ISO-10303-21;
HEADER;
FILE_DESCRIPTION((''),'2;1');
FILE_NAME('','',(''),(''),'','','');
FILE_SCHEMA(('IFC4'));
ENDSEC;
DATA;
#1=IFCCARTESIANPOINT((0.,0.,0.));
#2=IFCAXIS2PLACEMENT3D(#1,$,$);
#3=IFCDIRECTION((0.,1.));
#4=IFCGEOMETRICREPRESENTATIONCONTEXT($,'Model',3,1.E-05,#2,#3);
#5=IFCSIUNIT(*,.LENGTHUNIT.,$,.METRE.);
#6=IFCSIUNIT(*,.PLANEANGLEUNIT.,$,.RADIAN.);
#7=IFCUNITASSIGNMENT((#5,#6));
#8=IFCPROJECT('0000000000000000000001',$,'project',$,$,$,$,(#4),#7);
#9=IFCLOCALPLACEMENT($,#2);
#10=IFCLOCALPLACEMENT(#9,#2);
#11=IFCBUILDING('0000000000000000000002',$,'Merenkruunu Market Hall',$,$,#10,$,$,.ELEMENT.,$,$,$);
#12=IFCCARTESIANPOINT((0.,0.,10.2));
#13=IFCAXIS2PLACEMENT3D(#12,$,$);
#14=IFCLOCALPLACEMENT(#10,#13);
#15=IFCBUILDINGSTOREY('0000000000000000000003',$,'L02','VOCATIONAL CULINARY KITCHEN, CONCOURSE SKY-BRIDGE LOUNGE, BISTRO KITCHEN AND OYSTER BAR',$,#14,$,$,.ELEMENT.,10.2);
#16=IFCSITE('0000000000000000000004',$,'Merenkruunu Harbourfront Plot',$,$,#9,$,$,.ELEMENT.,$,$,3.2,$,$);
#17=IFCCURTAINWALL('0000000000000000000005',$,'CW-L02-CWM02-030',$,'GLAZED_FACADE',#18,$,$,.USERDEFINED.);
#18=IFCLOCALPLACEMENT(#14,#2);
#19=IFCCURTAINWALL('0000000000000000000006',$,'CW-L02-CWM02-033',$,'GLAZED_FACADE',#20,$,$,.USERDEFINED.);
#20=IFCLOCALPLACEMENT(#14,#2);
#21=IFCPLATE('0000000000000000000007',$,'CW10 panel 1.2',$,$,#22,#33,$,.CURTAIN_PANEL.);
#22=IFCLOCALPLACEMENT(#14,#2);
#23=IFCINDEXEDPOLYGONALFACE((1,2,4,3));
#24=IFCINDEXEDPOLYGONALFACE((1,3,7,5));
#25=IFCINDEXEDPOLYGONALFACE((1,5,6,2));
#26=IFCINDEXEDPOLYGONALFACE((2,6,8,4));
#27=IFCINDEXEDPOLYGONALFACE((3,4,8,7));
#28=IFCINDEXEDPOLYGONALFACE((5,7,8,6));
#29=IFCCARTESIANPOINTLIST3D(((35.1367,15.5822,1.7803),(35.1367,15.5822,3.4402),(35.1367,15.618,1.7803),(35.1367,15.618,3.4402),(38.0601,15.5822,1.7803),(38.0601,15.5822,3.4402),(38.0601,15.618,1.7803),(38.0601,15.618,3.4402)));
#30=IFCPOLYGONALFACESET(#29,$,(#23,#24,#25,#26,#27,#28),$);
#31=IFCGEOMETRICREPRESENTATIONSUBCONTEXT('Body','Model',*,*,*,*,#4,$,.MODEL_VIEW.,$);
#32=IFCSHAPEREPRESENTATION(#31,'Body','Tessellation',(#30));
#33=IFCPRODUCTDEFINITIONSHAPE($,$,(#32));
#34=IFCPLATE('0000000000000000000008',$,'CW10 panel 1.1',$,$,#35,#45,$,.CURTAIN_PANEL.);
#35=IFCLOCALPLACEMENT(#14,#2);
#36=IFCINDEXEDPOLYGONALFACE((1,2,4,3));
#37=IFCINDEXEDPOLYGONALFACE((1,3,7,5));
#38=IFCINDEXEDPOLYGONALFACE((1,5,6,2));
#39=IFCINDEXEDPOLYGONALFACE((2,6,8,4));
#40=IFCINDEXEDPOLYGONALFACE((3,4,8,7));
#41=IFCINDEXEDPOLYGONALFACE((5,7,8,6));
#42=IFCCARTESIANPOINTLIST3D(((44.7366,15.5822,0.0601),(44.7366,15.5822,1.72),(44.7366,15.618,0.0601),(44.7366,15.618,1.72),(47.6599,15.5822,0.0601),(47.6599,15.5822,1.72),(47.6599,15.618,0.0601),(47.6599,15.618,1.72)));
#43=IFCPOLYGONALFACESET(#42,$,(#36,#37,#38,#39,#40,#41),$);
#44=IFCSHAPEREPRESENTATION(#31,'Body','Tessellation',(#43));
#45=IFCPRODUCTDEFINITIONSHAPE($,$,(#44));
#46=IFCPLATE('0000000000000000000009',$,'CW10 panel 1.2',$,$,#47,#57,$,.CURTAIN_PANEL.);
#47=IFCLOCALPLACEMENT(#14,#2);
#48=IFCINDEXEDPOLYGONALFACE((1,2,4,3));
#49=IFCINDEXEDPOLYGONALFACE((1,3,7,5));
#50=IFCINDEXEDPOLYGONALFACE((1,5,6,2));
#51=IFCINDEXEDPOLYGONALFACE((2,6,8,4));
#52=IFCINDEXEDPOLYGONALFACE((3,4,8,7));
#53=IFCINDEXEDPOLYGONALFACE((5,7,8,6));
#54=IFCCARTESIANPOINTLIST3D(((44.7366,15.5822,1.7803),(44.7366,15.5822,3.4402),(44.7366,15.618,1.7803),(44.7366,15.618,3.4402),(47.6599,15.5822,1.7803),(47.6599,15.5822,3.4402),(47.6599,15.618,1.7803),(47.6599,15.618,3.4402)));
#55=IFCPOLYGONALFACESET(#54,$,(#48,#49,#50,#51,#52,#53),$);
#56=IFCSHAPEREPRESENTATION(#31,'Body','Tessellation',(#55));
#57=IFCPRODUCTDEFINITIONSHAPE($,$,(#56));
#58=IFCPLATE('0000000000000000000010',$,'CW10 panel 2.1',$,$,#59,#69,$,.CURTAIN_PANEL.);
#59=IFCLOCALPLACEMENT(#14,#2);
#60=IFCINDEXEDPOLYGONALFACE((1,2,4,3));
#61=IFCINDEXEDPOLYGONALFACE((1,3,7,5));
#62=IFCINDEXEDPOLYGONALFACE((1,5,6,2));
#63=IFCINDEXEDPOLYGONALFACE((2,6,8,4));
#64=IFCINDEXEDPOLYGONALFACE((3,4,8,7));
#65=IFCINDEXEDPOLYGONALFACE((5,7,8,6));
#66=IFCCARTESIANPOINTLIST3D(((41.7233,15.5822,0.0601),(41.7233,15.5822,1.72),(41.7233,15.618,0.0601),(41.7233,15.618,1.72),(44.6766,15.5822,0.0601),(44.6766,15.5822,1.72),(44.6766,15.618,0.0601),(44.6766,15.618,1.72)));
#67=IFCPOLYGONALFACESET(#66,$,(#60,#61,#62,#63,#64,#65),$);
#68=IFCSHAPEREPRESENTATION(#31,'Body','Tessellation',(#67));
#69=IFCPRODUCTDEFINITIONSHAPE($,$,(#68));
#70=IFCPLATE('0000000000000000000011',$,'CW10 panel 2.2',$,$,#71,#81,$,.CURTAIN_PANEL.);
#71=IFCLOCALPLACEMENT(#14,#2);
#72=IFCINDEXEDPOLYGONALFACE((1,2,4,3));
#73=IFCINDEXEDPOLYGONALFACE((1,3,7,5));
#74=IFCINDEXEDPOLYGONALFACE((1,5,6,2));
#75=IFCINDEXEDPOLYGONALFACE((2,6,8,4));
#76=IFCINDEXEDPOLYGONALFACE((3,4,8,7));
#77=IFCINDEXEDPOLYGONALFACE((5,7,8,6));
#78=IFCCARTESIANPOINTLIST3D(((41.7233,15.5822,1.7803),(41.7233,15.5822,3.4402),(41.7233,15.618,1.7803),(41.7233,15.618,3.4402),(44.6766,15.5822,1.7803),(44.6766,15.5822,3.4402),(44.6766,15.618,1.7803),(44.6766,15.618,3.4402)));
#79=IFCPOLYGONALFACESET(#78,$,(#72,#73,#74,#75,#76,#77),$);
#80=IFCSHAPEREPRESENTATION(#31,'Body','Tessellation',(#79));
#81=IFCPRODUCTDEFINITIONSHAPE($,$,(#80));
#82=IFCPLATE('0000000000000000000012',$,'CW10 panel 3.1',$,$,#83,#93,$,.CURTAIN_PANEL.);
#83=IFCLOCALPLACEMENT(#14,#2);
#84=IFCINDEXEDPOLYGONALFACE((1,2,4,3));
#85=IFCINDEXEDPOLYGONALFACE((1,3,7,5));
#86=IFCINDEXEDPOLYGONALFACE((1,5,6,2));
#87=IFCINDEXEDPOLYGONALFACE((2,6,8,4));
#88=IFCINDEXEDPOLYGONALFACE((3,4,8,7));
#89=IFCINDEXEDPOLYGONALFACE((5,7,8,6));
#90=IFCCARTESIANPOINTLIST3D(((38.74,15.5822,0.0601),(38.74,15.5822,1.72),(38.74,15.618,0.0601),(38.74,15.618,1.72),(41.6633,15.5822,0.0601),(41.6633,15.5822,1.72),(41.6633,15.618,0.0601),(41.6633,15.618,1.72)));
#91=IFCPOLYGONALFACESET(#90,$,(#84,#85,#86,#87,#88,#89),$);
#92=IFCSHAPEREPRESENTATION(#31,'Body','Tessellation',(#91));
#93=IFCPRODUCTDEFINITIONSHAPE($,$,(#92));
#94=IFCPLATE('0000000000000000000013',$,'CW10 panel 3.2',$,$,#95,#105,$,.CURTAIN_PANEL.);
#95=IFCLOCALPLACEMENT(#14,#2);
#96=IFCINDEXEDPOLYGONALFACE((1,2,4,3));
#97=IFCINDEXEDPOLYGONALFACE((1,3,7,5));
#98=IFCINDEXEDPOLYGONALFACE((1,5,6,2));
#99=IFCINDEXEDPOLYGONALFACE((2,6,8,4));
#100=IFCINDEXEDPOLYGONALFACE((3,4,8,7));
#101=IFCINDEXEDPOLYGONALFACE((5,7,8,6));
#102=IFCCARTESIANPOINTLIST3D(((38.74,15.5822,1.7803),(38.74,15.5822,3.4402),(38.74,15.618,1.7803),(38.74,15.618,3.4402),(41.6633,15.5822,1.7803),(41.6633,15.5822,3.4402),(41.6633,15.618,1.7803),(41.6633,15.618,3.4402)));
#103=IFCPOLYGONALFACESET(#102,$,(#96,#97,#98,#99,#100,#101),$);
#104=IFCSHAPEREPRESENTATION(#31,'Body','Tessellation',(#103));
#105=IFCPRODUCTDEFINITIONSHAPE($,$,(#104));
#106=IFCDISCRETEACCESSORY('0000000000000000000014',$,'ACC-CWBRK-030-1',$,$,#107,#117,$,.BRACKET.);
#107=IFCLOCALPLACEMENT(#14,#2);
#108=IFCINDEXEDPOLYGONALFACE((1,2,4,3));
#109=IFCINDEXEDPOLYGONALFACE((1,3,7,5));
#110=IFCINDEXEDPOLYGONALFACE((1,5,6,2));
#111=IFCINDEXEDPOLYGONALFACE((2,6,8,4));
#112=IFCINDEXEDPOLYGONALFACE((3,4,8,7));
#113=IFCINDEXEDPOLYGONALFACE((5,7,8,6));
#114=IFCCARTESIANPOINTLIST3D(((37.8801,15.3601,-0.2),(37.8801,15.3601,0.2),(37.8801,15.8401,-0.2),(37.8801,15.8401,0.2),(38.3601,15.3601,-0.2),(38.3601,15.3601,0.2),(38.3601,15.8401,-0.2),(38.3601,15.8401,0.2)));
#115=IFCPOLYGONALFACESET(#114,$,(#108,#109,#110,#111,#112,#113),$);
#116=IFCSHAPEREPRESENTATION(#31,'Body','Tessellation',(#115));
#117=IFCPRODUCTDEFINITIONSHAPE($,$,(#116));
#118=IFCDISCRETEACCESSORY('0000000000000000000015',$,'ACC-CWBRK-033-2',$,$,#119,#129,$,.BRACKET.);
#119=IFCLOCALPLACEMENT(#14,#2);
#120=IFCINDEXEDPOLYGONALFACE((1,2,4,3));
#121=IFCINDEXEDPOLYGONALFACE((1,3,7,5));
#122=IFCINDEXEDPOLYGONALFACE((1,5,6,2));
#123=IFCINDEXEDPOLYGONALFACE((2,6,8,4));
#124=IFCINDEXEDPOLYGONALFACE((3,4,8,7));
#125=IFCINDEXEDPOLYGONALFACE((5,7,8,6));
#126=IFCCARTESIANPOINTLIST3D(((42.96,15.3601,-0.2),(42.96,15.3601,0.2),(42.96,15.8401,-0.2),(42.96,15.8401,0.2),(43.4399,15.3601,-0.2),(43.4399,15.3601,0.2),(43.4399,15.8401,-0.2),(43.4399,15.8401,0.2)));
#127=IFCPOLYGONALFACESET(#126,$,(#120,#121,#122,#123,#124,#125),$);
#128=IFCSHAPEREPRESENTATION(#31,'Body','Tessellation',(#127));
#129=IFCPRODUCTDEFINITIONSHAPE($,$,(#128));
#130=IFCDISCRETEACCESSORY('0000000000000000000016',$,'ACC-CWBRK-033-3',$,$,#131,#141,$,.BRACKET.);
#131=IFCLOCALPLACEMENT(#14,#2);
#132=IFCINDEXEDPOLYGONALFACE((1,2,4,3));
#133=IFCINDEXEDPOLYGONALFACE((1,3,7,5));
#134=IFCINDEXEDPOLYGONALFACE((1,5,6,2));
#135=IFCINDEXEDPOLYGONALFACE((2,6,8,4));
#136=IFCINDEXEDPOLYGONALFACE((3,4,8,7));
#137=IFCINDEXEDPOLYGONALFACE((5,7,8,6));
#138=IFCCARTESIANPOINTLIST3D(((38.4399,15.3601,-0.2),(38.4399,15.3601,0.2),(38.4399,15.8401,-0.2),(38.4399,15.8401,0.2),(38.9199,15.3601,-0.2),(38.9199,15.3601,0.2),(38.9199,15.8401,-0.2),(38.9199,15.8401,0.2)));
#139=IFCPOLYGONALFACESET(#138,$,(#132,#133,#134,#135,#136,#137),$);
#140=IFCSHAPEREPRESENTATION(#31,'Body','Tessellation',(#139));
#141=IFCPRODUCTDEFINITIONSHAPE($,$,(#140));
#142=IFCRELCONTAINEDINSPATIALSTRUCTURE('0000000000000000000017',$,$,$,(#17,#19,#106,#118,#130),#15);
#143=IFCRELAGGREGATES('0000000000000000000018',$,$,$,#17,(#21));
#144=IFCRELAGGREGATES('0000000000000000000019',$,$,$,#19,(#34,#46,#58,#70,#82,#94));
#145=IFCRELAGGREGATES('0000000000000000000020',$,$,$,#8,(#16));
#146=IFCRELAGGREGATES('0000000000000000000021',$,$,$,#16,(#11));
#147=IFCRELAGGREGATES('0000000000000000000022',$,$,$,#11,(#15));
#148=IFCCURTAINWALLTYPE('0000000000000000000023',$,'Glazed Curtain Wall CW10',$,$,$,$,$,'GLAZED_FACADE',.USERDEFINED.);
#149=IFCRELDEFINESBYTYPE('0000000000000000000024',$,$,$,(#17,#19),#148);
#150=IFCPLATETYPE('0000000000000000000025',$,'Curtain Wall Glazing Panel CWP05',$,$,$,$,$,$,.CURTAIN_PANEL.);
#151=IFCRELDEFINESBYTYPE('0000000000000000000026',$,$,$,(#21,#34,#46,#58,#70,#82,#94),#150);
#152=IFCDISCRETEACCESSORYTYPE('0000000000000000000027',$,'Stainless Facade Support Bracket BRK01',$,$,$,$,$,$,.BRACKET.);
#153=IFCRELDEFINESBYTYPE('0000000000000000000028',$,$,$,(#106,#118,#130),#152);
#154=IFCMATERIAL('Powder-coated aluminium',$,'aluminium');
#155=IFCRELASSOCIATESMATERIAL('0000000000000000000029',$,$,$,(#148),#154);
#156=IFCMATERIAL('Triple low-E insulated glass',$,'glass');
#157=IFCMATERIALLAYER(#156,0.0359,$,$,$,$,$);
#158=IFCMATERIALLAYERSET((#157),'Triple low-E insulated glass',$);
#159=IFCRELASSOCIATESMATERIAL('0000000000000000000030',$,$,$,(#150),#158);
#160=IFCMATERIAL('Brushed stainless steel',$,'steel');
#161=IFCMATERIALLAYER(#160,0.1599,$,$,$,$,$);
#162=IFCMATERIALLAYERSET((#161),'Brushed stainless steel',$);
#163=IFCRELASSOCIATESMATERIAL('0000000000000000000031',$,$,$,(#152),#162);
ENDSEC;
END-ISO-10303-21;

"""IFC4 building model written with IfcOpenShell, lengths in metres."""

from ifc_helpers import new_model, si_unit, direction, frame, origin, origin_2d, place, context, subcontext, project, spatial, rectangle, extrude, material, layer, layer_set, type_object, element, aggregate, save


model = new_model("IFC4")

# Units and contexts
model_context = context("Model", 3, precision=1e-05, world=origin(), true_north=direction((0.0, 1.0)))
body_context = subcontext(model_context, "Body", "Model", "MODEL_VIEW")
ifc_project = project(units=[si_unit("LENGTHUNIT", "METRE"), si_unit("PLANEANGLEUNIT", "RADIAN")], contexts=[model_context])

# Site, building, storey
site_placement = place(None, origin())
site = spatial("IfcSite", under=ifc_project, at=site_placement, Name="Merenkruunu Harbourfront Plot", CompositionType="ELEMENT", RefElevation=3.2)
building_placement = place(site_placement, origin())
building = spatial("IfcBuilding", under=site, at=building_placement, Name="Merenkruunu Market Hall", CompositionType="ELEMENT")
storey_placement = place(building_placement, frame((0.0, 0.0, 10.2)))
storey = spatial("IfcBuildingStorey", under=building, at=storey_placement, Name="L02", Description="VOCATIONAL CULINARY KITCHEN, CONCOURSE SKY-BRIDGE LOUNGE, BISTRO KITCHEN AND OYSTER BAR", CompositionType="ELEMENT", Elevation=10.2)

# Curtain wall
ifc_material_1 = material(Name="Powder-coated aluminium", Category="aluminium")
curtain_wall_type = type_object("IfcCurtainWallType", Name="Glazed Curtain Wall CW10", ElementType="GLAZED_FACADE", PredefinedType="USERDEFINED", material=ifc_material_1)
curtain_wall_1_placement = place(storey_placement, origin())
curtain_wall_1 = element("IfcCurtainWall", 1, at=curtain_wall_1_placement, inside=storey, type_object=curtain_wall_type, Name="CW-L02-CWM02-030", ObjectType="GLAZED_FACADE", PredefinedType="USERDEFINED")

# Curtain wall
curtain_wall_2_placement = place(storey_placement, origin())
curtain_wall_2 = element("IfcCurtainWall", 2, at=curtain_wall_2_placement, inside=storey, type_object=curtain_wall_type, Name="CW-L02-CWM02-033", ObjectType="GLAZED_FACADE", PredefinedType="USERDEFINED")

# Plates
ifc_material_2 = material(Name="Triple low-E insulated glass", Category="glass")
ifc_layer_1 = layer(ifc_material_2, 0.0359)
ifc_layer_set_1 = layer_set([ifc_layer_1], Name="Triple low-E insulated glass")
plate_type = type_object("IfcPlateType", Name="Curtain Wall Glazing Panel CWP05", PredefinedType="CURTAIN_PANEL", material=ifc_layer_set_1)
plate_1_placement = place(storey_placement, frame((36.5984, 15.6001, 1.7803), z_axis=(0.0, 0.0, 1.0), x_axis=(-1.0, 0.0, 0.0)))
plate_1 = element("IfcPlate", 3, at=plate_1_placement, type_object=plate_type, Name="CW10 panel 1.2", PredefinedType="CURTAIN_PANEL", context=body_context, shape_type="SweptSolid", body=[
    extrude(rectangle(XDim=2.9233, YDim=0.0359, at=origin_2d()), origin(), (0.0, 0.0, 1.0), 1.6599),
])
aggregate(curtain_wall_1, [plate_1])
plate_2_placement = place(storey_placement, frame((46.1982, 15.6001, 0.0601), z_axis=(0.0, 0.0, 1.0), x_axis=(-1.0, 0.0, 0.0)))
plate_2 = element("IfcPlate", 4, at=plate_2_placement, type_object=plate_type, Name="CW10 panel 1.1", PredefinedType="CURTAIN_PANEL", context=body_context, shape_type="SweptSolid", body=[
    extrude(rectangle(XDim=2.9233, YDim=0.0359, at=origin_2d()), origin(), (0.0, 0.0, 1.0), 1.6599),
])
plate_3_placement = place(storey_placement, frame((46.1982, 15.6001, 1.7803), z_axis=(0.0, 0.0, 1.0), x_axis=(-1.0, 0.0, 0.0)))
plate_3 = element("IfcPlate", 5, at=plate_3_placement, type_object=plate_type, Name="CW10 panel 1.2", PredefinedType="CURTAIN_PANEL", context=body_context, shape_type="SweptSolid", body=[
    extrude(rectangle(XDim=2.9233, YDim=0.0359, at=origin_2d()), origin(), (0.0, 0.0, 1.0), 1.6599),
])
plate_4_placement = place(storey_placement, frame((43.2, 15.6001, 0.0601), z_axis=(0.0, 0.0, 1.0), x_axis=(-1.0, 0.0, 0.0)))
plate_4 = element("IfcPlate", 6, at=plate_4_placement, type_object=plate_type, Name="CW10 panel 2.1", PredefinedType="CURTAIN_PANEL", context=body_context, shape_type="SweptSolid", body=[
    extrude(rectangle(XDim=2.9534, YDim=0.0359, at=origin_2d()), origin(), (0.0, 0.0, 1.0), 1.6599),
])
plate_5_placement = place(storey_placement, frame((43.2, 15.6001, 1.7803), z_axis=(0.0, 0.0, 1.0), x_axis=(-1.0, 0.0, 0.0)))
plate_5 = element("IfcPlate", 7, at=plate_5_placement, type_object=plate_type, Name="CW10 panel 2.2", PredefinedType="CURTAIN_PANEL", context=body_context, shape_type="SweptSolid", body=[
    extrude(rectangle(XDim=2.9534, YDim=0.0359, at=origin_2d()), origin(), (0.0, 0.0, 1.0), 1.6599),
])
plate_6_placement = place(storey_placement, frame((40.2017, 15.6001, 0.0601), z_axis=(0.0, 0.0, 1.0), x_axis=(-1.0, 0.0, 0.0)))
plate_6 = element("IfcPlate", 8, at=plate_6_placement, type_object=plate_type, Name="CW10 panel 3.1", PredefinedType="CURTAIN_PANEL", context=body_context, shape_type="SweptSolid", body=[
    extrude(rectangle(XDim=2.9233, YDim=0.0359, at=origin_2d()), origin(), (0.0, 0.0, 1.0), 1.6599),
])
plate_7_placement = place(storey_placement, frame((40.2017, 15.6001, 1.7803), z_axis=(0.0, 0.0, 1.0), x_axis=(-1.0, 0.0, 0.0)))
plate_7 = element("IfcPlate", 9, at=plate_7_placement, type_object=plate_type, Name="CW10 panel 3.2", PredefinedType="CURTAIN_PANEL", context=body_context, shape_type="SweptSolid", body=[
    extrude(rectangle(XDim=2.9233, YDim=0.0359, at=origin_2d()), origin(), (0.0, 0.0, 1.0), 1.6599),
])
aggregate(curtain_wall_2, [plate_2, plate_3, plate_4, plate_5, plate_6, plate_7])

# Discrete accessories
ifc_material_3 = material(Name="Brushed stainless steel", Category="steel")
ifc_layer_2 = layer(ifc_material_3, 0.1599)
ifc_layer_set_2 = layer_set([ifc_layer_2], Name="Brushed stainless steel")
discrete_accessory_type = type_object("IfcDiscreteAccessoryType", Name="Stainless Facade Support Bracket BRK01", PredefinedType="BRACKET", material=ifc_layer_set_2)
for number, where, z_axis, x_axis, name in (
    (10, (38.1201, 15.6001, -0.2), (0.0, 0.0, 1.0), (1.0, 0.0, 0.0), "ACC-CWBRK-030-1"),
    (11, (43.2, 15.6001, -0.2), (0.0, 0.0, 1.0), (1.0, 0.0, 0.0), "ACC-CWBRK-033-2"),
    (12, (38.6799, 15.6001, -0.2), (0.0, 0.0, 1.0), (1.0, 0.0, 0.0), "ACC-CWBRK-033-3"),
):
    element("IfcDiscreteAccessory", number, at=place(storey_placement, frame(where, z_axis=z_axis, x_axis=x_axis)), inside=storey, type_object=discrete_accessory_type, Name=name, PredefinedType="BRACKET", context=body_context, shape_type="SweptSolid", body=[
        extrude(rectangle(XDim=0.48, YDim=0.48, at=origin_2d()), origin(), (0.0, 0.0, 1.0), 0.3999),
    ])

save(model, "model.ifc")
